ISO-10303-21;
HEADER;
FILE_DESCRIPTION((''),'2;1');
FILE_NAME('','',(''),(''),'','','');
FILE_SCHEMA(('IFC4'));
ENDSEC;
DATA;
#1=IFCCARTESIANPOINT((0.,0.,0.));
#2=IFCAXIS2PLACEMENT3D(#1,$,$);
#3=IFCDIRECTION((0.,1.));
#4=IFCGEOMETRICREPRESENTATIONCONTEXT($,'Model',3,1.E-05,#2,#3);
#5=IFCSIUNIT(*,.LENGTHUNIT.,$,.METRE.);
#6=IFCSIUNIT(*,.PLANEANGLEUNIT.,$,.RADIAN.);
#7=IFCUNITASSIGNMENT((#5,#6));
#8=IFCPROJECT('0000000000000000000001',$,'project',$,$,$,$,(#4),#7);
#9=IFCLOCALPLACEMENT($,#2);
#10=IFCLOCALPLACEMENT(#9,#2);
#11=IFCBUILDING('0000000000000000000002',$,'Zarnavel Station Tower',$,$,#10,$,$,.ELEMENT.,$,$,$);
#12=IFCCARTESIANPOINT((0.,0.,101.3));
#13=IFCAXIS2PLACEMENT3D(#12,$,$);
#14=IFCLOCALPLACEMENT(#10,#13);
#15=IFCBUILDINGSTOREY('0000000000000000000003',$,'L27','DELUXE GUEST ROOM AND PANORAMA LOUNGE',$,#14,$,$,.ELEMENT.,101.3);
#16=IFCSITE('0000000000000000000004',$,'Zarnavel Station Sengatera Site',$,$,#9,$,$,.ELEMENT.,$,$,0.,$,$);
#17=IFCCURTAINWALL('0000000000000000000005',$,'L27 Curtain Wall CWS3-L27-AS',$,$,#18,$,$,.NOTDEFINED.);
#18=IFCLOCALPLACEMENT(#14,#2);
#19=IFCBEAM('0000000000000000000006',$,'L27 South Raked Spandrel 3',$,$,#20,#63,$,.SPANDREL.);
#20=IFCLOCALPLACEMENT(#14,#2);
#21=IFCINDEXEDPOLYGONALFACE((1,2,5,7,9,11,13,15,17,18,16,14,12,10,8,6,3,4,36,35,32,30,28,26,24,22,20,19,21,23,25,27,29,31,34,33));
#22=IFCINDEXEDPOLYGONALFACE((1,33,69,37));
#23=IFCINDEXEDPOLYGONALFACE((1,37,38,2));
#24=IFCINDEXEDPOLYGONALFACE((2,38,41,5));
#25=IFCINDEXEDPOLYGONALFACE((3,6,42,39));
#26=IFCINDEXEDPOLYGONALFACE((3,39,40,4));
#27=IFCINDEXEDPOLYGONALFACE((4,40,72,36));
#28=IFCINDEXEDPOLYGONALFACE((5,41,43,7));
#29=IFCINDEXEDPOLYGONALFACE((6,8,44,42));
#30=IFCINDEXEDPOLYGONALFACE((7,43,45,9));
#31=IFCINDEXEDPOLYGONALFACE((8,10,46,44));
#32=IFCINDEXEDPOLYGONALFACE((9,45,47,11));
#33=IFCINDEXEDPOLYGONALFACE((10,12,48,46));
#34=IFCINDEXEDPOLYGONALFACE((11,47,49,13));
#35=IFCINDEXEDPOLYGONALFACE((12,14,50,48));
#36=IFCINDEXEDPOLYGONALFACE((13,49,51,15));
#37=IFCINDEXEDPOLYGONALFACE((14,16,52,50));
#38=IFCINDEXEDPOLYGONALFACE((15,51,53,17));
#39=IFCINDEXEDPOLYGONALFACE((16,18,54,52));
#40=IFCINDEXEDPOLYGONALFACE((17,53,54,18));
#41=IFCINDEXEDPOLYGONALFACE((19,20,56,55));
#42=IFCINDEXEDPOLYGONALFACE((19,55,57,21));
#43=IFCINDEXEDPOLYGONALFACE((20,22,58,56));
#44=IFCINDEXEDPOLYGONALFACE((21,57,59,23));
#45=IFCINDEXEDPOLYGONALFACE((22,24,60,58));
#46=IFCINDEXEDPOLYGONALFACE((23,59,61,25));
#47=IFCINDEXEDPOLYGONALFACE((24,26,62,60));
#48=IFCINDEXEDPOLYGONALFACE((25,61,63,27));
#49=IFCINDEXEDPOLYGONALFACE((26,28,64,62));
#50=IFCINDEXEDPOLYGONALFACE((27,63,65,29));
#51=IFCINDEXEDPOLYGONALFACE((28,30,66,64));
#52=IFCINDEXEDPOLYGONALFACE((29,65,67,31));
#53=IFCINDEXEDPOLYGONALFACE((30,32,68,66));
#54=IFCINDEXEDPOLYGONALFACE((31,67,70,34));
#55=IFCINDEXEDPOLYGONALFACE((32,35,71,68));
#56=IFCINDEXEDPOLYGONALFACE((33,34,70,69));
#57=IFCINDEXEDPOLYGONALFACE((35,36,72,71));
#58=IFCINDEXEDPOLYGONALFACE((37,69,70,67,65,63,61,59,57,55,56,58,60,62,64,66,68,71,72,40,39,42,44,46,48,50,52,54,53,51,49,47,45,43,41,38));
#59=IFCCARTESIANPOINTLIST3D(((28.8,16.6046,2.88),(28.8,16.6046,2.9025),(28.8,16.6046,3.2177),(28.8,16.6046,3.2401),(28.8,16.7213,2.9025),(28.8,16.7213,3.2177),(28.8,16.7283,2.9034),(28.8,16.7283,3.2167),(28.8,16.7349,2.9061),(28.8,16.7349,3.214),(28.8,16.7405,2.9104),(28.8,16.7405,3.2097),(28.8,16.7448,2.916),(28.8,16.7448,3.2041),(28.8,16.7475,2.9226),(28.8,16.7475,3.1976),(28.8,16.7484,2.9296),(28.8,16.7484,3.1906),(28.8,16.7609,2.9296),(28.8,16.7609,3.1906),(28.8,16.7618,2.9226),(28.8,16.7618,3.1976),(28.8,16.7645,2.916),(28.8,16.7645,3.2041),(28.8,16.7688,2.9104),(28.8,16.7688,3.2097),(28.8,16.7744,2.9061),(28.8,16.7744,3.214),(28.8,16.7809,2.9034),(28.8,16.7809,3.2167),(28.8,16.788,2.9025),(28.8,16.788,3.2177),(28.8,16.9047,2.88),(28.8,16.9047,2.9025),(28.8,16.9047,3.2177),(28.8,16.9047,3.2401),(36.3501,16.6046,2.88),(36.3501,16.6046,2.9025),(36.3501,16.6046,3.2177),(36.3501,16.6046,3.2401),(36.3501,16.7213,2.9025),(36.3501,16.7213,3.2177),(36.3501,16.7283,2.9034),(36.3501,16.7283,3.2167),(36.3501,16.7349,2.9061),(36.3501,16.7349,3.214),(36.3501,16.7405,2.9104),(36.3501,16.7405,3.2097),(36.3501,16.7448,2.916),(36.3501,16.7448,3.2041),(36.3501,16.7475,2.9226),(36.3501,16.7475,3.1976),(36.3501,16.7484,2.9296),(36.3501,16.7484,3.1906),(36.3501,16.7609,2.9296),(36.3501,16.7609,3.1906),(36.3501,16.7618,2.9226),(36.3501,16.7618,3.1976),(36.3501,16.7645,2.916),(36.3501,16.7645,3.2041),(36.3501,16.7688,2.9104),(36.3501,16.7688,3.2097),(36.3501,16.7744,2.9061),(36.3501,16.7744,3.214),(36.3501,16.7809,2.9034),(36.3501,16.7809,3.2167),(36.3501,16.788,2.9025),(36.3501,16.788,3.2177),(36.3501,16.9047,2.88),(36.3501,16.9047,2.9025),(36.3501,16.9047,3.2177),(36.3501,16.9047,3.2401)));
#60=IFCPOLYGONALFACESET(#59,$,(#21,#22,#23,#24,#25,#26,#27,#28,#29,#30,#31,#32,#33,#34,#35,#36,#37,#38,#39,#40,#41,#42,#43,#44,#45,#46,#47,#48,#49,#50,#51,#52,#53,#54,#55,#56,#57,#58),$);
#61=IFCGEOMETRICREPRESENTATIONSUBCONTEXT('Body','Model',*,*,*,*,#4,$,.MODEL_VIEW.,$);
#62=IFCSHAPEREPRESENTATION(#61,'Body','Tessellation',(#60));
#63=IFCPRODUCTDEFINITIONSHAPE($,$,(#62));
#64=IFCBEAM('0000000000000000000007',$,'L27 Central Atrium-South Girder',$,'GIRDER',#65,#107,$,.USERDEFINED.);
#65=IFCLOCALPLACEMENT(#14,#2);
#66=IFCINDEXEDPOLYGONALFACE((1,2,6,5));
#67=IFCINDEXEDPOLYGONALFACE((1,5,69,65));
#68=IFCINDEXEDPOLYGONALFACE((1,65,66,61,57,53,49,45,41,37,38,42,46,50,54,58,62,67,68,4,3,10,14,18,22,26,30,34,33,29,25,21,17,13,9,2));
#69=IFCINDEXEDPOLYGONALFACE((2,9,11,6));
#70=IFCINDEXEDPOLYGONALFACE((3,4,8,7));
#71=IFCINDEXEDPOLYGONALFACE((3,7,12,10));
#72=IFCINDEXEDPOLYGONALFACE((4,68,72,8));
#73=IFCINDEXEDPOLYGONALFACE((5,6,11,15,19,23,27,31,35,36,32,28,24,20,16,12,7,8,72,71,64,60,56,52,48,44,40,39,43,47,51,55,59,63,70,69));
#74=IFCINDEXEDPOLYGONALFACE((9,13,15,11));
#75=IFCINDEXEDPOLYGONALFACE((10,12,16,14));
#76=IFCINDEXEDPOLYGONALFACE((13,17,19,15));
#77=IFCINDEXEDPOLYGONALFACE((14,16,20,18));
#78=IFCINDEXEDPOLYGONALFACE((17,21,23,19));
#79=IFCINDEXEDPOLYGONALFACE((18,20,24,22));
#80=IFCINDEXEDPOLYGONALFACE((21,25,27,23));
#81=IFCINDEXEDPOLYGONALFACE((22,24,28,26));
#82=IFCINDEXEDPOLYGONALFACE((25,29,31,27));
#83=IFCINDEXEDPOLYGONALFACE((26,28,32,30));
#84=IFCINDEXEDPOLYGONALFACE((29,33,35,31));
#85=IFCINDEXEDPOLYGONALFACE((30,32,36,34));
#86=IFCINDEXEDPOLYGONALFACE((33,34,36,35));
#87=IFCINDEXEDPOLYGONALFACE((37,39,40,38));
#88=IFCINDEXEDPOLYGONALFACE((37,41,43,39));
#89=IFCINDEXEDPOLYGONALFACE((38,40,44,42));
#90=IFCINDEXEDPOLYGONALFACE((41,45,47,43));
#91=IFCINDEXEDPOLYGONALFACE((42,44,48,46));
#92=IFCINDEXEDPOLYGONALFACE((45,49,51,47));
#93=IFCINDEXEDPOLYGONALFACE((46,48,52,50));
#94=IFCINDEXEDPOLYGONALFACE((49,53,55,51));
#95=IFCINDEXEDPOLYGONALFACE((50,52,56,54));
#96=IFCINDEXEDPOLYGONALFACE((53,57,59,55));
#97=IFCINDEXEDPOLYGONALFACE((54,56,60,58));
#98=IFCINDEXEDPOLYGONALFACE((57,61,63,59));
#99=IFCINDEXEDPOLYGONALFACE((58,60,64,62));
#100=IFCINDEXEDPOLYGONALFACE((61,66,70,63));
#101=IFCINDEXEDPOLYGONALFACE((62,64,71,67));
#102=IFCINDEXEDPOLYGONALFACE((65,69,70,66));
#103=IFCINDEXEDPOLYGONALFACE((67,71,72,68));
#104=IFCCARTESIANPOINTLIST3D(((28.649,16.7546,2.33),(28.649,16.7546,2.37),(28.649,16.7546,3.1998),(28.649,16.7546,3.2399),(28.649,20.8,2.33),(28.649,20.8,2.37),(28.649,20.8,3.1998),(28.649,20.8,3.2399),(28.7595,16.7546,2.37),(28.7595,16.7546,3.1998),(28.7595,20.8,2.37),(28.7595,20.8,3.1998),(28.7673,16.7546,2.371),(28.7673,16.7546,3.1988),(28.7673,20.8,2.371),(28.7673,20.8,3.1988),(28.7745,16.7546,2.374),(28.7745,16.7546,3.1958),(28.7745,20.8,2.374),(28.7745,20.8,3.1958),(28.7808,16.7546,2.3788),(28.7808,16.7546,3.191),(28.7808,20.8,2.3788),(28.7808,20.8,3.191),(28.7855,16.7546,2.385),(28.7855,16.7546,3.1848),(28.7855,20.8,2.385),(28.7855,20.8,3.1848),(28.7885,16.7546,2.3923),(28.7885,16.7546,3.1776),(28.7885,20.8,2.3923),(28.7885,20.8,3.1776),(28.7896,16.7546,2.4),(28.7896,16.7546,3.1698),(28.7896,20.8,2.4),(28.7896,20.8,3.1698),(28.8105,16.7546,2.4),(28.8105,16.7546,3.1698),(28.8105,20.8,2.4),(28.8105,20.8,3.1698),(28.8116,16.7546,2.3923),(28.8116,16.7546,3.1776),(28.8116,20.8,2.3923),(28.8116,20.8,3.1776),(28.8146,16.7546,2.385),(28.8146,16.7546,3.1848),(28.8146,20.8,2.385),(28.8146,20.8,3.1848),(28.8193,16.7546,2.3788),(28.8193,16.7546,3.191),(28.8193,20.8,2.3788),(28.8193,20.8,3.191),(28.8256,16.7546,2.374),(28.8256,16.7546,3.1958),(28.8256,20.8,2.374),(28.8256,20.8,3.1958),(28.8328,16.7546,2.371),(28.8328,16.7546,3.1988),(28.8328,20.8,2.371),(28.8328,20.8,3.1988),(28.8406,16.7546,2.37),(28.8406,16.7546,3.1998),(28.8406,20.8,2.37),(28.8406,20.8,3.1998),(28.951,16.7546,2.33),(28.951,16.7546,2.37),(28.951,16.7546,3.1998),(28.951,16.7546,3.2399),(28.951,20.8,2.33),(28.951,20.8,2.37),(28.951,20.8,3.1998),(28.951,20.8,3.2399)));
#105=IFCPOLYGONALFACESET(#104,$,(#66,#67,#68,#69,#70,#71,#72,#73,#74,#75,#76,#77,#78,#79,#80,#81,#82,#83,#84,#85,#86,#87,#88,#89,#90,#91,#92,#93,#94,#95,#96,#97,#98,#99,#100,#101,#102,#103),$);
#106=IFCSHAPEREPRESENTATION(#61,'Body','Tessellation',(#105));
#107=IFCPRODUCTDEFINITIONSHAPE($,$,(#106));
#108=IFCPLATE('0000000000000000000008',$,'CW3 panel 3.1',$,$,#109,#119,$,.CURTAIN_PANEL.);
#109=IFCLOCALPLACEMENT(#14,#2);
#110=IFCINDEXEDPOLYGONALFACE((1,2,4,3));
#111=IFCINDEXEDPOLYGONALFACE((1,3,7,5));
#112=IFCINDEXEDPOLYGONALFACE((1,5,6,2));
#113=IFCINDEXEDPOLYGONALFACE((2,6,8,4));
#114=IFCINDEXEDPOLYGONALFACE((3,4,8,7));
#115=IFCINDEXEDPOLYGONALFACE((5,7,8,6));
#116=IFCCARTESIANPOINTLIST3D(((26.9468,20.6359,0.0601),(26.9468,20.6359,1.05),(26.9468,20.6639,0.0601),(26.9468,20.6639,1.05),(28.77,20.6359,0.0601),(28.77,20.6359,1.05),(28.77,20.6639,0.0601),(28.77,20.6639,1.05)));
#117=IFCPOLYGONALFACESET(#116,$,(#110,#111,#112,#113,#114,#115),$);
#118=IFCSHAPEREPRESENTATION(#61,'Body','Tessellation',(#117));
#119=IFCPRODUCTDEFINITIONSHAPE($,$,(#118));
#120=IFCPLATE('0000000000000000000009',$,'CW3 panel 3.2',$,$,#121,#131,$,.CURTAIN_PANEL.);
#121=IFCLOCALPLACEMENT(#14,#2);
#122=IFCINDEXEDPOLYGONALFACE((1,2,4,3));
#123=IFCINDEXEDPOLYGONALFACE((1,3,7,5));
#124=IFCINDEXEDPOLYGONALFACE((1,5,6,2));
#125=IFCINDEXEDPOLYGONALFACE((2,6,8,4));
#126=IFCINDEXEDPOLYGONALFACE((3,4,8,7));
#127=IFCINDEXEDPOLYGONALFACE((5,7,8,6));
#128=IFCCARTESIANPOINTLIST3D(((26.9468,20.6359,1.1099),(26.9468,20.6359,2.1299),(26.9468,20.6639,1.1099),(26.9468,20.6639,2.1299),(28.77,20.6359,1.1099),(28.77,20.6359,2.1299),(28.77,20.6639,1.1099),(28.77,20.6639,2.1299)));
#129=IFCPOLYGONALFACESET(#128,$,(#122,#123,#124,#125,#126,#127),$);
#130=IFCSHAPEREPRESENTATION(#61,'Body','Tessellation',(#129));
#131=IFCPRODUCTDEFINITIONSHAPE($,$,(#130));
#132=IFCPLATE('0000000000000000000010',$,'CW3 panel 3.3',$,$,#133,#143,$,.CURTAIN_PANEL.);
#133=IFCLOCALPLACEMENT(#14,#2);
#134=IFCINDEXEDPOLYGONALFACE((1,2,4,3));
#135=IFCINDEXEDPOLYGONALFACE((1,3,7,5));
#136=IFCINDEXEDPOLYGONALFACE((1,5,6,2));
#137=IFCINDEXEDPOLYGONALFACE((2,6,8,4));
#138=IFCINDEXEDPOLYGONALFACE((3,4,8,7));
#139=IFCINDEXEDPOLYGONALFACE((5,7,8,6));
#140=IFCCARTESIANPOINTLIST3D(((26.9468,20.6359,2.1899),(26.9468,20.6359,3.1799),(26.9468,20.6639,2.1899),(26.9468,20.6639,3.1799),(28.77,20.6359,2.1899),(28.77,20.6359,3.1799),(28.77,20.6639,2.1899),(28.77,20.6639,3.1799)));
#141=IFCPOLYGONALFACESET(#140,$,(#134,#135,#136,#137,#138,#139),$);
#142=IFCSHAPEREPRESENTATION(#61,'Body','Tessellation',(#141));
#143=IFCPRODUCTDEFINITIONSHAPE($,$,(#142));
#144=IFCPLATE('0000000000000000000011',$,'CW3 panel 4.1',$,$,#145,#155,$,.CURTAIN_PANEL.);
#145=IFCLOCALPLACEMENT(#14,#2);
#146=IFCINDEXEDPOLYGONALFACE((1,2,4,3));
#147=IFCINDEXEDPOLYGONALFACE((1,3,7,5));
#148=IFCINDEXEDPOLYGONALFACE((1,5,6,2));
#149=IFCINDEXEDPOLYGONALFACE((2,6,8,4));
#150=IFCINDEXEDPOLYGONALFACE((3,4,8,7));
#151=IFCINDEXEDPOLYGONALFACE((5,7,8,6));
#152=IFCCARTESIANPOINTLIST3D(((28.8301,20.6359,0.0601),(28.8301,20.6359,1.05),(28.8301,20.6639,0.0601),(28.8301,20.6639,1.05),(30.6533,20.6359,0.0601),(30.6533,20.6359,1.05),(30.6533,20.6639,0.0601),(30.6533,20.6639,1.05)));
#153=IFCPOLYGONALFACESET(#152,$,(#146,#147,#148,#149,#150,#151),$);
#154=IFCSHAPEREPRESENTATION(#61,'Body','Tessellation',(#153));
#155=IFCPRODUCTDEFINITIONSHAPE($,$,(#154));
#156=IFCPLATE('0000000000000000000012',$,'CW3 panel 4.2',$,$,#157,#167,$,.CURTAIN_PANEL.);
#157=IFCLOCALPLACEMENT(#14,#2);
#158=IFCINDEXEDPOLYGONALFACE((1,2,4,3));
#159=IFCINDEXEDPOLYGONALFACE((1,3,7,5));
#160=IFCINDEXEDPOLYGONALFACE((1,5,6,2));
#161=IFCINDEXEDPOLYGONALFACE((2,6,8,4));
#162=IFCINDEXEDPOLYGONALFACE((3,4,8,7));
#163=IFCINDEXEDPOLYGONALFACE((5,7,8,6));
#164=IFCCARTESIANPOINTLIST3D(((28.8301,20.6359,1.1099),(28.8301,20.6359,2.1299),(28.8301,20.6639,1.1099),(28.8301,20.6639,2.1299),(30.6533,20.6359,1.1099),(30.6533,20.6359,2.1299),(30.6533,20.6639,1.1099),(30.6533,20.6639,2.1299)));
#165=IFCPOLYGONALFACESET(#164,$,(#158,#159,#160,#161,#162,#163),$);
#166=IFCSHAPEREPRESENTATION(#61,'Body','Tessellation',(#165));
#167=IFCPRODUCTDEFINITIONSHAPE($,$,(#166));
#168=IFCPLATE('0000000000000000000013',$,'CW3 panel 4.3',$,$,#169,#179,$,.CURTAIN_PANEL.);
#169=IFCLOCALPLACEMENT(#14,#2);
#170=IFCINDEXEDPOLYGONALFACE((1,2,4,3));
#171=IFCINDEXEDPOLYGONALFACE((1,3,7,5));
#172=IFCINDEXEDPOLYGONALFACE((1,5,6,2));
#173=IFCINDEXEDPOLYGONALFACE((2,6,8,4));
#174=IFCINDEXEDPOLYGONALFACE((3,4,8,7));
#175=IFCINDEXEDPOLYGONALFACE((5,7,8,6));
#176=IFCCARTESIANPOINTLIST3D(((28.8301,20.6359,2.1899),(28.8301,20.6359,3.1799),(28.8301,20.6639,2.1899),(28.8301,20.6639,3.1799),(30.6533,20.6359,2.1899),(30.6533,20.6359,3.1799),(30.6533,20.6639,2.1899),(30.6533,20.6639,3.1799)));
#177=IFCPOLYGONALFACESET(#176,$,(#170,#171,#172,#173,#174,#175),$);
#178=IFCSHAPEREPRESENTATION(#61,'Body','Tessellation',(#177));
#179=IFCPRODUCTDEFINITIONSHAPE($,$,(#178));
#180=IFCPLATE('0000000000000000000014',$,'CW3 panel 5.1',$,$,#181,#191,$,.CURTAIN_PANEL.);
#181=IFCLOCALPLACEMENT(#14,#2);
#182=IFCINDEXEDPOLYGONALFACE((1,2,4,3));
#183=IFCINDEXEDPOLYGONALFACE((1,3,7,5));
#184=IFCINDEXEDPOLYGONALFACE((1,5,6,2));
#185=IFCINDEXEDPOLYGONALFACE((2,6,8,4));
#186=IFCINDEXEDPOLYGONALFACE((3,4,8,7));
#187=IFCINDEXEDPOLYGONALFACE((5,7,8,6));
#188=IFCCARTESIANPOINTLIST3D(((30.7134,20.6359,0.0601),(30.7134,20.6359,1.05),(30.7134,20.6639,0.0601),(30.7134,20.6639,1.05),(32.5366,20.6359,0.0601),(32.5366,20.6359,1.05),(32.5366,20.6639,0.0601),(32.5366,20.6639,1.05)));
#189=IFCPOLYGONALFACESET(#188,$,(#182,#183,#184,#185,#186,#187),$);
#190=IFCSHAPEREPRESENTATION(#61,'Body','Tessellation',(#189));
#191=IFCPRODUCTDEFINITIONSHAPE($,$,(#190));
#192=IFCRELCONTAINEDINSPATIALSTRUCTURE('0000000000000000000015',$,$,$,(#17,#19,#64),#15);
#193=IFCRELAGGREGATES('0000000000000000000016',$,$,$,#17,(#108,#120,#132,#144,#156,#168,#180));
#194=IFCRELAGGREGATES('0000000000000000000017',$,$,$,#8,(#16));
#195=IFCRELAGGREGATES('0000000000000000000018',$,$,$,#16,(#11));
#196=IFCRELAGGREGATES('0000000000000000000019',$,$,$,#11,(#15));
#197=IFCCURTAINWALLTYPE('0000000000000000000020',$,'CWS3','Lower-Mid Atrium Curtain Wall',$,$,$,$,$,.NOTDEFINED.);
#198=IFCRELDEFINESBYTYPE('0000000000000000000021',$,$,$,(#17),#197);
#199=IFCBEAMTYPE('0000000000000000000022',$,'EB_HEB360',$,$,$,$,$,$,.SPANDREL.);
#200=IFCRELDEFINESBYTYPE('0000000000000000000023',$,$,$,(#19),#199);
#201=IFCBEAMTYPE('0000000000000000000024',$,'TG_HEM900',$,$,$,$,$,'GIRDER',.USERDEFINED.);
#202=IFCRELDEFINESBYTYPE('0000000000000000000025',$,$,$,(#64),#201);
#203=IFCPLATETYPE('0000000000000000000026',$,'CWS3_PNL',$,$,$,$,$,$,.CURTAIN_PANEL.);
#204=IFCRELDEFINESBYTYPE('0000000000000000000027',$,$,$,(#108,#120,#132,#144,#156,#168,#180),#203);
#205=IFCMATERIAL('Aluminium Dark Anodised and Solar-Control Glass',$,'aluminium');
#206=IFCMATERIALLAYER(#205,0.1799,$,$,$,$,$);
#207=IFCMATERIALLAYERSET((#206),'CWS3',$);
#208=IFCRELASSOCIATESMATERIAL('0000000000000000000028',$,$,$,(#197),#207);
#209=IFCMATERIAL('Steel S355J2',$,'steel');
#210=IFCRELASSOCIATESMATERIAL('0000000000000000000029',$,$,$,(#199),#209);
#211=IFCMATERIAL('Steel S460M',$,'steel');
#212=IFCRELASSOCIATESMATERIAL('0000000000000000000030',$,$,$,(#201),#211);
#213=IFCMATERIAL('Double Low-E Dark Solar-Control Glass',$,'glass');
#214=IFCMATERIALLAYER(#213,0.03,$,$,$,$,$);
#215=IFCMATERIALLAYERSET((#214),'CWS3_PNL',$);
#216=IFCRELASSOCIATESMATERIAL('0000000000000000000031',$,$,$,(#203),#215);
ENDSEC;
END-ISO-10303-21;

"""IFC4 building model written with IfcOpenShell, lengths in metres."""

from ifc_helpers import new_model, si_unit, direction, frame, origin, origin_2d, place, context, subcontext, project, spatial, rectangle, i_section, extrude, material, layer, layer_set, material_profile, profile_set, type_object, element, aggregate, save


model = new_model("IFC4")

# Units and contexts
model_context = context("Model", 3, precision=1e-05, world=origin(), true_north=direction((0.0, 1.0)))
body_context = subcontext(model_context, "Body", "Model", "MODEL_VIEW")
ifc_project = project(units=[si_unit("LENGTHUNIT", "METRE"), si_unit("PLANEANGLEUNIT", "RADIAN")], contexts=[model_context])

# Site, building, storey
site_placement = place(None, origin())
site = spatial("IfcSite", under=ifc_project, at=site_placement, Name="Zarnavel Station Sengatera Site", CompositionType="ELEMENT", RefElevation=0.0)
building_placement = place(site_placement, origin())
building = spatial("IfcBuilding", under=site, at=building_placement, Name="Zarnavel Station Tower", CompositionType="ELEMENT")
storey_placement = place(building_placement, frame((0.0, 0.0, 101.3)))
storey = spatial("IfcBuildingStorey", under=building, at=storey_placement, Name="L27", Description="DELUXE GUEST ROOM AND PANORAMA LOUNGE", CompositionType="ELEMENT", Elevation=101.3)

# Curtain wall
ifc_material_1 = material(Name="Aluminium Dark Anodised and Solar-Control Glass", Category="aluminium")
ifc_layer_1 = layer(ifc_material_1, 0.1799)
ifc_layer_set_1 = layer_set([ifc_layer_1], Name="CWS3")
curtain_wall_type = type_object("IfcCurtainWallType", Name="CWS3", Description="Lower-Mid Atrium Curtain Wall", PredefinedType="NOTDEFINED", material=ifc_layer_set_1)
curtain_wall_placement = place(storey_placement, origin())
curtain_wall = element("IfcCurtainWall", 1, at=curtain_wall_placement, inside=storey, type_object=curtain_wall_type, Name="L27 Curtain Wall CWS3-L27-AS", PredefinedType="NOTDEFINED")

# Beams
ifc_material_2 = material(Name="Steel S355J2", Category="steel")
ifc_material_profile_1 = material_profile(ifc_material_2, i_section(OverallWidth=0.3, OverallDepth=0.3601, WebThickness=0.0125, FlangeThickness=0.0225, FilletRadius=0.0271, at=origin_2d()), Name="HEB360")
ifc_profile_set_1 = profile_set([ifc_material_profile_1], Name="Steel S355J2")
beam_type_1 = type_object("IfcBeamType", Name="EB_HEB360", PredefinedType="SPANDREL", material=ifc_profile_set_1)
beam_1_placement = place(storey_placement, frame((28.8, 16.7546, 3.0601), z_axis=(1.0, 0.0, 0.0), x_axis=(0.0, 1.0, 0.0)))
element("IfcBeam", 2, at=beam_1_placement, inside=storey, type_object=beam_type_1, Name="L27 South Raked Spandrel 3", PredefinedType="SPANDREL", context=body_context, shape_type="SweptSolid", body=[
    extrude(i_section(OverallWidth=0.3, OverallDepth=0.3601, WebThickness=0.0125, FlangeThickness=0.0225, FilletRadius=0.0271, at=origin_2d()), origin(), (0.0, 0.0, 1.0), 7.55),
])
ifc_material_3 = material(Name="Steel S460M", Category="steel")
ifc_material_profile_2 = material_profile(ifc_material_3, i_section(OverallWidth=0.302, OverallDepth=0.9099, WebThickness=0.021, FlangeThickness=0.04, FilletRadius=0.03, at=origin_2d()), Name="HEM900")
ifc_profile_set_2 = profile_set([ifc_material_profile_2], Name="Steel S460M")
beam_type_2 = type_object("IfcBeamType", Name="TG_HEM900", ElementType="GIRDER", PredefinedType="USERDEFINED", material=ifc_profile_set_2)
beam_2_placement = place(storey_placement, frame((28.8, 16.7546, 2.7849), z_axis=(0.0, 1.0, 0.0), x_axis=(-1.0, 0.0, 0.0)))
element("IfcBeam", 3, at=beam_2_placement, inside=storey, type_object=beam_type_2, Name="L27 Central Atrium-South Girder", ObjectType="GIRDER", PredefinedType="USERDEFINED", context=body_context, shape_type="SweptSolid", body=[
    extrude(i_section(OverallWidth=0.302, OverallDepth=0.9099, WebThickness=0.021, FlangeThickness=0.04, FilletRadius=0.03, at=origin_2d()), origin(), (0.0, 0.0, 1.0), 4.0454),
])

# Plates
ifc_material_4 = material(Name="Double Low-E Dark Solar-Control Glass", Category="glass")
ifc_layer_2 = layer(ifc_material_4, 0.03)
ifc_layer_set_2 = layer_set([ifc_layer_2], Name="CWS3_PNL")
plate_type = type_object("IfcPlateType", Name="CWS3_PNL", PredefinedType="CURTAIN_PANEL", material=ifc_layer_set_2)
plate_1_placement = place(storey_placement, frame((27.8584, 20.6499, 0.0601), z_axis=(0.0, 0.0, 1.0), x_axis=(1.0, 0.0, 0.0)))
plate_1 = element("IfcPlate", 4, at=plate_1_placement, type_object=plate_type, Name="CW3 panel 3.1", PredefinedType="CURTAIN_PANEL", context=body_context, shape_type="SweptSolid", body=[
    extrude(rectangle(XDim=1.8232, YDim=0.0281, at=origin_2d()), origin(), (0.0, 0.0, 1.0), 0.99),
])
plate_2_placement = place(storey_placement, frame((27.8584, 20.6499, 1.1099), z_axis=(0.0, 0.0, 1.0), x_axis=(1.0, 0.0, 0.0)))
plate_2 = element("IfcPlate", 5, at=plate_2_placement, type_object=plate_type, Name="CW3 panel 3.2", PredefinedType="CURTAIN_PANEL", context=body_context, shape_type="SweptSolid", body=[
    extrude(rectangle(XDim=1.8232, YDim=0.0281, at=origin_2d()), origin(), (0.0, 0.0, 1.0), 1.02),
])
plate_3_placement = place(storey_placement, frame((27.8584, 20.6499, 2.1899), z_axis=(0.0, 0.0, 1.0), x_axis=(1.0, 0.0, 0.0)))
plate_3 = element("IfcPlate", 6, at=plate_3_placement, type_object=plate_type, Name="CW3 panel 3.3", PredefinedType="CURTAIN_PANEL", context=body_context, shape_type="SweptSolid", body=[
    extrude(rectangle(XDim=1.8232, YDim=0.0281, at=origin_2d()), origin(), (0.0, 0.0, 1.0), 0.99),
])
plate_4_placement = place(storey_placement, frame((29.7417, 20.6499, 0.0601), z_axis=(0.0, 0.0, 1.0), x_axis=(1.0, 0.0, 0.0)))
plate_4 = element("IfcPlate", 7, at=plate_4_placement, type_object=plate_type, Name="CW3 panel 4.1", PredefinedType="CURTAIN_PANEL", context=body_context, shape_type="SweptSolid", body=[
    extrude(rectangle(XDim=1.8232, YDim=0.0281, at=origin_2d()), origin(), (0.0, 0.0, 1.0), 0.99),
])
plate_5_placement = place(storey_placement, frame((29.7417, 20.6499, 1.1099), z_axis=(0.0, 0.0, 1.0), x_axis=(1.0, 0.0, 0.0)))
plate_5 = element("IfcPlate", 8, at=plate_5_placement, type_object=plate_type, Name="CW3 panel 4.2", PredefinedType="CURTAIN_PANEL", context=body_context, shape_type="SweptSolid", body=[
    extrude(rectangle(XDim=1.8232, YDim=0.0281, at=origin_2d()), origin(), (0.0, 0.0, 1.0), 1.02),
])
plate_6_placement = place(storey_placement, frame((29.7417, 20.6499, 2.1899), z_axis=(0.0, 0.0, 1.0), x_axis=(1.0, 0.0, 0.0)))
plate_6 = element("IfcPlate", 9, at=plate_6_placement, type_object=plate_type, Name="CW3 panel 4.3", PredefinedType="CURTAIN_PANEL", context=body_context, shape_type="SweptSolid", body=[
    extrude(rectangle(XDim=1.8232, YDim=0.0281, at=origin_2d()), origin(), (0.0, 0.0, 1.0), 0.99),
])
plate_7_placement = place(storey_placement, frame((31.625, 20.6499, 0.0601), z_axis=(0.0, 0.0, 1.0), x_axis=(1.0, 0.0, 0.0)))
plate_7 = element("IfcPlate", 10, at=plate_7_placement, type_object=plate_type, Name="CW3 panel 5.1", PredefinedType="CURTAIN_PANEL", context=body_context, shape_type="SweptSolid", body=[
    extrude(rectangle(XDim=1.8232, YDim=0.0281, at=origin_2d()), origin(), (0.0, 0.0, 1.0), 0.99),
])
aggregate(curtain_wall, [plate_1, plate_2, plate_3, plate_4, plate_5, plate_6, plate_7])

save(model, "model.ifc")
